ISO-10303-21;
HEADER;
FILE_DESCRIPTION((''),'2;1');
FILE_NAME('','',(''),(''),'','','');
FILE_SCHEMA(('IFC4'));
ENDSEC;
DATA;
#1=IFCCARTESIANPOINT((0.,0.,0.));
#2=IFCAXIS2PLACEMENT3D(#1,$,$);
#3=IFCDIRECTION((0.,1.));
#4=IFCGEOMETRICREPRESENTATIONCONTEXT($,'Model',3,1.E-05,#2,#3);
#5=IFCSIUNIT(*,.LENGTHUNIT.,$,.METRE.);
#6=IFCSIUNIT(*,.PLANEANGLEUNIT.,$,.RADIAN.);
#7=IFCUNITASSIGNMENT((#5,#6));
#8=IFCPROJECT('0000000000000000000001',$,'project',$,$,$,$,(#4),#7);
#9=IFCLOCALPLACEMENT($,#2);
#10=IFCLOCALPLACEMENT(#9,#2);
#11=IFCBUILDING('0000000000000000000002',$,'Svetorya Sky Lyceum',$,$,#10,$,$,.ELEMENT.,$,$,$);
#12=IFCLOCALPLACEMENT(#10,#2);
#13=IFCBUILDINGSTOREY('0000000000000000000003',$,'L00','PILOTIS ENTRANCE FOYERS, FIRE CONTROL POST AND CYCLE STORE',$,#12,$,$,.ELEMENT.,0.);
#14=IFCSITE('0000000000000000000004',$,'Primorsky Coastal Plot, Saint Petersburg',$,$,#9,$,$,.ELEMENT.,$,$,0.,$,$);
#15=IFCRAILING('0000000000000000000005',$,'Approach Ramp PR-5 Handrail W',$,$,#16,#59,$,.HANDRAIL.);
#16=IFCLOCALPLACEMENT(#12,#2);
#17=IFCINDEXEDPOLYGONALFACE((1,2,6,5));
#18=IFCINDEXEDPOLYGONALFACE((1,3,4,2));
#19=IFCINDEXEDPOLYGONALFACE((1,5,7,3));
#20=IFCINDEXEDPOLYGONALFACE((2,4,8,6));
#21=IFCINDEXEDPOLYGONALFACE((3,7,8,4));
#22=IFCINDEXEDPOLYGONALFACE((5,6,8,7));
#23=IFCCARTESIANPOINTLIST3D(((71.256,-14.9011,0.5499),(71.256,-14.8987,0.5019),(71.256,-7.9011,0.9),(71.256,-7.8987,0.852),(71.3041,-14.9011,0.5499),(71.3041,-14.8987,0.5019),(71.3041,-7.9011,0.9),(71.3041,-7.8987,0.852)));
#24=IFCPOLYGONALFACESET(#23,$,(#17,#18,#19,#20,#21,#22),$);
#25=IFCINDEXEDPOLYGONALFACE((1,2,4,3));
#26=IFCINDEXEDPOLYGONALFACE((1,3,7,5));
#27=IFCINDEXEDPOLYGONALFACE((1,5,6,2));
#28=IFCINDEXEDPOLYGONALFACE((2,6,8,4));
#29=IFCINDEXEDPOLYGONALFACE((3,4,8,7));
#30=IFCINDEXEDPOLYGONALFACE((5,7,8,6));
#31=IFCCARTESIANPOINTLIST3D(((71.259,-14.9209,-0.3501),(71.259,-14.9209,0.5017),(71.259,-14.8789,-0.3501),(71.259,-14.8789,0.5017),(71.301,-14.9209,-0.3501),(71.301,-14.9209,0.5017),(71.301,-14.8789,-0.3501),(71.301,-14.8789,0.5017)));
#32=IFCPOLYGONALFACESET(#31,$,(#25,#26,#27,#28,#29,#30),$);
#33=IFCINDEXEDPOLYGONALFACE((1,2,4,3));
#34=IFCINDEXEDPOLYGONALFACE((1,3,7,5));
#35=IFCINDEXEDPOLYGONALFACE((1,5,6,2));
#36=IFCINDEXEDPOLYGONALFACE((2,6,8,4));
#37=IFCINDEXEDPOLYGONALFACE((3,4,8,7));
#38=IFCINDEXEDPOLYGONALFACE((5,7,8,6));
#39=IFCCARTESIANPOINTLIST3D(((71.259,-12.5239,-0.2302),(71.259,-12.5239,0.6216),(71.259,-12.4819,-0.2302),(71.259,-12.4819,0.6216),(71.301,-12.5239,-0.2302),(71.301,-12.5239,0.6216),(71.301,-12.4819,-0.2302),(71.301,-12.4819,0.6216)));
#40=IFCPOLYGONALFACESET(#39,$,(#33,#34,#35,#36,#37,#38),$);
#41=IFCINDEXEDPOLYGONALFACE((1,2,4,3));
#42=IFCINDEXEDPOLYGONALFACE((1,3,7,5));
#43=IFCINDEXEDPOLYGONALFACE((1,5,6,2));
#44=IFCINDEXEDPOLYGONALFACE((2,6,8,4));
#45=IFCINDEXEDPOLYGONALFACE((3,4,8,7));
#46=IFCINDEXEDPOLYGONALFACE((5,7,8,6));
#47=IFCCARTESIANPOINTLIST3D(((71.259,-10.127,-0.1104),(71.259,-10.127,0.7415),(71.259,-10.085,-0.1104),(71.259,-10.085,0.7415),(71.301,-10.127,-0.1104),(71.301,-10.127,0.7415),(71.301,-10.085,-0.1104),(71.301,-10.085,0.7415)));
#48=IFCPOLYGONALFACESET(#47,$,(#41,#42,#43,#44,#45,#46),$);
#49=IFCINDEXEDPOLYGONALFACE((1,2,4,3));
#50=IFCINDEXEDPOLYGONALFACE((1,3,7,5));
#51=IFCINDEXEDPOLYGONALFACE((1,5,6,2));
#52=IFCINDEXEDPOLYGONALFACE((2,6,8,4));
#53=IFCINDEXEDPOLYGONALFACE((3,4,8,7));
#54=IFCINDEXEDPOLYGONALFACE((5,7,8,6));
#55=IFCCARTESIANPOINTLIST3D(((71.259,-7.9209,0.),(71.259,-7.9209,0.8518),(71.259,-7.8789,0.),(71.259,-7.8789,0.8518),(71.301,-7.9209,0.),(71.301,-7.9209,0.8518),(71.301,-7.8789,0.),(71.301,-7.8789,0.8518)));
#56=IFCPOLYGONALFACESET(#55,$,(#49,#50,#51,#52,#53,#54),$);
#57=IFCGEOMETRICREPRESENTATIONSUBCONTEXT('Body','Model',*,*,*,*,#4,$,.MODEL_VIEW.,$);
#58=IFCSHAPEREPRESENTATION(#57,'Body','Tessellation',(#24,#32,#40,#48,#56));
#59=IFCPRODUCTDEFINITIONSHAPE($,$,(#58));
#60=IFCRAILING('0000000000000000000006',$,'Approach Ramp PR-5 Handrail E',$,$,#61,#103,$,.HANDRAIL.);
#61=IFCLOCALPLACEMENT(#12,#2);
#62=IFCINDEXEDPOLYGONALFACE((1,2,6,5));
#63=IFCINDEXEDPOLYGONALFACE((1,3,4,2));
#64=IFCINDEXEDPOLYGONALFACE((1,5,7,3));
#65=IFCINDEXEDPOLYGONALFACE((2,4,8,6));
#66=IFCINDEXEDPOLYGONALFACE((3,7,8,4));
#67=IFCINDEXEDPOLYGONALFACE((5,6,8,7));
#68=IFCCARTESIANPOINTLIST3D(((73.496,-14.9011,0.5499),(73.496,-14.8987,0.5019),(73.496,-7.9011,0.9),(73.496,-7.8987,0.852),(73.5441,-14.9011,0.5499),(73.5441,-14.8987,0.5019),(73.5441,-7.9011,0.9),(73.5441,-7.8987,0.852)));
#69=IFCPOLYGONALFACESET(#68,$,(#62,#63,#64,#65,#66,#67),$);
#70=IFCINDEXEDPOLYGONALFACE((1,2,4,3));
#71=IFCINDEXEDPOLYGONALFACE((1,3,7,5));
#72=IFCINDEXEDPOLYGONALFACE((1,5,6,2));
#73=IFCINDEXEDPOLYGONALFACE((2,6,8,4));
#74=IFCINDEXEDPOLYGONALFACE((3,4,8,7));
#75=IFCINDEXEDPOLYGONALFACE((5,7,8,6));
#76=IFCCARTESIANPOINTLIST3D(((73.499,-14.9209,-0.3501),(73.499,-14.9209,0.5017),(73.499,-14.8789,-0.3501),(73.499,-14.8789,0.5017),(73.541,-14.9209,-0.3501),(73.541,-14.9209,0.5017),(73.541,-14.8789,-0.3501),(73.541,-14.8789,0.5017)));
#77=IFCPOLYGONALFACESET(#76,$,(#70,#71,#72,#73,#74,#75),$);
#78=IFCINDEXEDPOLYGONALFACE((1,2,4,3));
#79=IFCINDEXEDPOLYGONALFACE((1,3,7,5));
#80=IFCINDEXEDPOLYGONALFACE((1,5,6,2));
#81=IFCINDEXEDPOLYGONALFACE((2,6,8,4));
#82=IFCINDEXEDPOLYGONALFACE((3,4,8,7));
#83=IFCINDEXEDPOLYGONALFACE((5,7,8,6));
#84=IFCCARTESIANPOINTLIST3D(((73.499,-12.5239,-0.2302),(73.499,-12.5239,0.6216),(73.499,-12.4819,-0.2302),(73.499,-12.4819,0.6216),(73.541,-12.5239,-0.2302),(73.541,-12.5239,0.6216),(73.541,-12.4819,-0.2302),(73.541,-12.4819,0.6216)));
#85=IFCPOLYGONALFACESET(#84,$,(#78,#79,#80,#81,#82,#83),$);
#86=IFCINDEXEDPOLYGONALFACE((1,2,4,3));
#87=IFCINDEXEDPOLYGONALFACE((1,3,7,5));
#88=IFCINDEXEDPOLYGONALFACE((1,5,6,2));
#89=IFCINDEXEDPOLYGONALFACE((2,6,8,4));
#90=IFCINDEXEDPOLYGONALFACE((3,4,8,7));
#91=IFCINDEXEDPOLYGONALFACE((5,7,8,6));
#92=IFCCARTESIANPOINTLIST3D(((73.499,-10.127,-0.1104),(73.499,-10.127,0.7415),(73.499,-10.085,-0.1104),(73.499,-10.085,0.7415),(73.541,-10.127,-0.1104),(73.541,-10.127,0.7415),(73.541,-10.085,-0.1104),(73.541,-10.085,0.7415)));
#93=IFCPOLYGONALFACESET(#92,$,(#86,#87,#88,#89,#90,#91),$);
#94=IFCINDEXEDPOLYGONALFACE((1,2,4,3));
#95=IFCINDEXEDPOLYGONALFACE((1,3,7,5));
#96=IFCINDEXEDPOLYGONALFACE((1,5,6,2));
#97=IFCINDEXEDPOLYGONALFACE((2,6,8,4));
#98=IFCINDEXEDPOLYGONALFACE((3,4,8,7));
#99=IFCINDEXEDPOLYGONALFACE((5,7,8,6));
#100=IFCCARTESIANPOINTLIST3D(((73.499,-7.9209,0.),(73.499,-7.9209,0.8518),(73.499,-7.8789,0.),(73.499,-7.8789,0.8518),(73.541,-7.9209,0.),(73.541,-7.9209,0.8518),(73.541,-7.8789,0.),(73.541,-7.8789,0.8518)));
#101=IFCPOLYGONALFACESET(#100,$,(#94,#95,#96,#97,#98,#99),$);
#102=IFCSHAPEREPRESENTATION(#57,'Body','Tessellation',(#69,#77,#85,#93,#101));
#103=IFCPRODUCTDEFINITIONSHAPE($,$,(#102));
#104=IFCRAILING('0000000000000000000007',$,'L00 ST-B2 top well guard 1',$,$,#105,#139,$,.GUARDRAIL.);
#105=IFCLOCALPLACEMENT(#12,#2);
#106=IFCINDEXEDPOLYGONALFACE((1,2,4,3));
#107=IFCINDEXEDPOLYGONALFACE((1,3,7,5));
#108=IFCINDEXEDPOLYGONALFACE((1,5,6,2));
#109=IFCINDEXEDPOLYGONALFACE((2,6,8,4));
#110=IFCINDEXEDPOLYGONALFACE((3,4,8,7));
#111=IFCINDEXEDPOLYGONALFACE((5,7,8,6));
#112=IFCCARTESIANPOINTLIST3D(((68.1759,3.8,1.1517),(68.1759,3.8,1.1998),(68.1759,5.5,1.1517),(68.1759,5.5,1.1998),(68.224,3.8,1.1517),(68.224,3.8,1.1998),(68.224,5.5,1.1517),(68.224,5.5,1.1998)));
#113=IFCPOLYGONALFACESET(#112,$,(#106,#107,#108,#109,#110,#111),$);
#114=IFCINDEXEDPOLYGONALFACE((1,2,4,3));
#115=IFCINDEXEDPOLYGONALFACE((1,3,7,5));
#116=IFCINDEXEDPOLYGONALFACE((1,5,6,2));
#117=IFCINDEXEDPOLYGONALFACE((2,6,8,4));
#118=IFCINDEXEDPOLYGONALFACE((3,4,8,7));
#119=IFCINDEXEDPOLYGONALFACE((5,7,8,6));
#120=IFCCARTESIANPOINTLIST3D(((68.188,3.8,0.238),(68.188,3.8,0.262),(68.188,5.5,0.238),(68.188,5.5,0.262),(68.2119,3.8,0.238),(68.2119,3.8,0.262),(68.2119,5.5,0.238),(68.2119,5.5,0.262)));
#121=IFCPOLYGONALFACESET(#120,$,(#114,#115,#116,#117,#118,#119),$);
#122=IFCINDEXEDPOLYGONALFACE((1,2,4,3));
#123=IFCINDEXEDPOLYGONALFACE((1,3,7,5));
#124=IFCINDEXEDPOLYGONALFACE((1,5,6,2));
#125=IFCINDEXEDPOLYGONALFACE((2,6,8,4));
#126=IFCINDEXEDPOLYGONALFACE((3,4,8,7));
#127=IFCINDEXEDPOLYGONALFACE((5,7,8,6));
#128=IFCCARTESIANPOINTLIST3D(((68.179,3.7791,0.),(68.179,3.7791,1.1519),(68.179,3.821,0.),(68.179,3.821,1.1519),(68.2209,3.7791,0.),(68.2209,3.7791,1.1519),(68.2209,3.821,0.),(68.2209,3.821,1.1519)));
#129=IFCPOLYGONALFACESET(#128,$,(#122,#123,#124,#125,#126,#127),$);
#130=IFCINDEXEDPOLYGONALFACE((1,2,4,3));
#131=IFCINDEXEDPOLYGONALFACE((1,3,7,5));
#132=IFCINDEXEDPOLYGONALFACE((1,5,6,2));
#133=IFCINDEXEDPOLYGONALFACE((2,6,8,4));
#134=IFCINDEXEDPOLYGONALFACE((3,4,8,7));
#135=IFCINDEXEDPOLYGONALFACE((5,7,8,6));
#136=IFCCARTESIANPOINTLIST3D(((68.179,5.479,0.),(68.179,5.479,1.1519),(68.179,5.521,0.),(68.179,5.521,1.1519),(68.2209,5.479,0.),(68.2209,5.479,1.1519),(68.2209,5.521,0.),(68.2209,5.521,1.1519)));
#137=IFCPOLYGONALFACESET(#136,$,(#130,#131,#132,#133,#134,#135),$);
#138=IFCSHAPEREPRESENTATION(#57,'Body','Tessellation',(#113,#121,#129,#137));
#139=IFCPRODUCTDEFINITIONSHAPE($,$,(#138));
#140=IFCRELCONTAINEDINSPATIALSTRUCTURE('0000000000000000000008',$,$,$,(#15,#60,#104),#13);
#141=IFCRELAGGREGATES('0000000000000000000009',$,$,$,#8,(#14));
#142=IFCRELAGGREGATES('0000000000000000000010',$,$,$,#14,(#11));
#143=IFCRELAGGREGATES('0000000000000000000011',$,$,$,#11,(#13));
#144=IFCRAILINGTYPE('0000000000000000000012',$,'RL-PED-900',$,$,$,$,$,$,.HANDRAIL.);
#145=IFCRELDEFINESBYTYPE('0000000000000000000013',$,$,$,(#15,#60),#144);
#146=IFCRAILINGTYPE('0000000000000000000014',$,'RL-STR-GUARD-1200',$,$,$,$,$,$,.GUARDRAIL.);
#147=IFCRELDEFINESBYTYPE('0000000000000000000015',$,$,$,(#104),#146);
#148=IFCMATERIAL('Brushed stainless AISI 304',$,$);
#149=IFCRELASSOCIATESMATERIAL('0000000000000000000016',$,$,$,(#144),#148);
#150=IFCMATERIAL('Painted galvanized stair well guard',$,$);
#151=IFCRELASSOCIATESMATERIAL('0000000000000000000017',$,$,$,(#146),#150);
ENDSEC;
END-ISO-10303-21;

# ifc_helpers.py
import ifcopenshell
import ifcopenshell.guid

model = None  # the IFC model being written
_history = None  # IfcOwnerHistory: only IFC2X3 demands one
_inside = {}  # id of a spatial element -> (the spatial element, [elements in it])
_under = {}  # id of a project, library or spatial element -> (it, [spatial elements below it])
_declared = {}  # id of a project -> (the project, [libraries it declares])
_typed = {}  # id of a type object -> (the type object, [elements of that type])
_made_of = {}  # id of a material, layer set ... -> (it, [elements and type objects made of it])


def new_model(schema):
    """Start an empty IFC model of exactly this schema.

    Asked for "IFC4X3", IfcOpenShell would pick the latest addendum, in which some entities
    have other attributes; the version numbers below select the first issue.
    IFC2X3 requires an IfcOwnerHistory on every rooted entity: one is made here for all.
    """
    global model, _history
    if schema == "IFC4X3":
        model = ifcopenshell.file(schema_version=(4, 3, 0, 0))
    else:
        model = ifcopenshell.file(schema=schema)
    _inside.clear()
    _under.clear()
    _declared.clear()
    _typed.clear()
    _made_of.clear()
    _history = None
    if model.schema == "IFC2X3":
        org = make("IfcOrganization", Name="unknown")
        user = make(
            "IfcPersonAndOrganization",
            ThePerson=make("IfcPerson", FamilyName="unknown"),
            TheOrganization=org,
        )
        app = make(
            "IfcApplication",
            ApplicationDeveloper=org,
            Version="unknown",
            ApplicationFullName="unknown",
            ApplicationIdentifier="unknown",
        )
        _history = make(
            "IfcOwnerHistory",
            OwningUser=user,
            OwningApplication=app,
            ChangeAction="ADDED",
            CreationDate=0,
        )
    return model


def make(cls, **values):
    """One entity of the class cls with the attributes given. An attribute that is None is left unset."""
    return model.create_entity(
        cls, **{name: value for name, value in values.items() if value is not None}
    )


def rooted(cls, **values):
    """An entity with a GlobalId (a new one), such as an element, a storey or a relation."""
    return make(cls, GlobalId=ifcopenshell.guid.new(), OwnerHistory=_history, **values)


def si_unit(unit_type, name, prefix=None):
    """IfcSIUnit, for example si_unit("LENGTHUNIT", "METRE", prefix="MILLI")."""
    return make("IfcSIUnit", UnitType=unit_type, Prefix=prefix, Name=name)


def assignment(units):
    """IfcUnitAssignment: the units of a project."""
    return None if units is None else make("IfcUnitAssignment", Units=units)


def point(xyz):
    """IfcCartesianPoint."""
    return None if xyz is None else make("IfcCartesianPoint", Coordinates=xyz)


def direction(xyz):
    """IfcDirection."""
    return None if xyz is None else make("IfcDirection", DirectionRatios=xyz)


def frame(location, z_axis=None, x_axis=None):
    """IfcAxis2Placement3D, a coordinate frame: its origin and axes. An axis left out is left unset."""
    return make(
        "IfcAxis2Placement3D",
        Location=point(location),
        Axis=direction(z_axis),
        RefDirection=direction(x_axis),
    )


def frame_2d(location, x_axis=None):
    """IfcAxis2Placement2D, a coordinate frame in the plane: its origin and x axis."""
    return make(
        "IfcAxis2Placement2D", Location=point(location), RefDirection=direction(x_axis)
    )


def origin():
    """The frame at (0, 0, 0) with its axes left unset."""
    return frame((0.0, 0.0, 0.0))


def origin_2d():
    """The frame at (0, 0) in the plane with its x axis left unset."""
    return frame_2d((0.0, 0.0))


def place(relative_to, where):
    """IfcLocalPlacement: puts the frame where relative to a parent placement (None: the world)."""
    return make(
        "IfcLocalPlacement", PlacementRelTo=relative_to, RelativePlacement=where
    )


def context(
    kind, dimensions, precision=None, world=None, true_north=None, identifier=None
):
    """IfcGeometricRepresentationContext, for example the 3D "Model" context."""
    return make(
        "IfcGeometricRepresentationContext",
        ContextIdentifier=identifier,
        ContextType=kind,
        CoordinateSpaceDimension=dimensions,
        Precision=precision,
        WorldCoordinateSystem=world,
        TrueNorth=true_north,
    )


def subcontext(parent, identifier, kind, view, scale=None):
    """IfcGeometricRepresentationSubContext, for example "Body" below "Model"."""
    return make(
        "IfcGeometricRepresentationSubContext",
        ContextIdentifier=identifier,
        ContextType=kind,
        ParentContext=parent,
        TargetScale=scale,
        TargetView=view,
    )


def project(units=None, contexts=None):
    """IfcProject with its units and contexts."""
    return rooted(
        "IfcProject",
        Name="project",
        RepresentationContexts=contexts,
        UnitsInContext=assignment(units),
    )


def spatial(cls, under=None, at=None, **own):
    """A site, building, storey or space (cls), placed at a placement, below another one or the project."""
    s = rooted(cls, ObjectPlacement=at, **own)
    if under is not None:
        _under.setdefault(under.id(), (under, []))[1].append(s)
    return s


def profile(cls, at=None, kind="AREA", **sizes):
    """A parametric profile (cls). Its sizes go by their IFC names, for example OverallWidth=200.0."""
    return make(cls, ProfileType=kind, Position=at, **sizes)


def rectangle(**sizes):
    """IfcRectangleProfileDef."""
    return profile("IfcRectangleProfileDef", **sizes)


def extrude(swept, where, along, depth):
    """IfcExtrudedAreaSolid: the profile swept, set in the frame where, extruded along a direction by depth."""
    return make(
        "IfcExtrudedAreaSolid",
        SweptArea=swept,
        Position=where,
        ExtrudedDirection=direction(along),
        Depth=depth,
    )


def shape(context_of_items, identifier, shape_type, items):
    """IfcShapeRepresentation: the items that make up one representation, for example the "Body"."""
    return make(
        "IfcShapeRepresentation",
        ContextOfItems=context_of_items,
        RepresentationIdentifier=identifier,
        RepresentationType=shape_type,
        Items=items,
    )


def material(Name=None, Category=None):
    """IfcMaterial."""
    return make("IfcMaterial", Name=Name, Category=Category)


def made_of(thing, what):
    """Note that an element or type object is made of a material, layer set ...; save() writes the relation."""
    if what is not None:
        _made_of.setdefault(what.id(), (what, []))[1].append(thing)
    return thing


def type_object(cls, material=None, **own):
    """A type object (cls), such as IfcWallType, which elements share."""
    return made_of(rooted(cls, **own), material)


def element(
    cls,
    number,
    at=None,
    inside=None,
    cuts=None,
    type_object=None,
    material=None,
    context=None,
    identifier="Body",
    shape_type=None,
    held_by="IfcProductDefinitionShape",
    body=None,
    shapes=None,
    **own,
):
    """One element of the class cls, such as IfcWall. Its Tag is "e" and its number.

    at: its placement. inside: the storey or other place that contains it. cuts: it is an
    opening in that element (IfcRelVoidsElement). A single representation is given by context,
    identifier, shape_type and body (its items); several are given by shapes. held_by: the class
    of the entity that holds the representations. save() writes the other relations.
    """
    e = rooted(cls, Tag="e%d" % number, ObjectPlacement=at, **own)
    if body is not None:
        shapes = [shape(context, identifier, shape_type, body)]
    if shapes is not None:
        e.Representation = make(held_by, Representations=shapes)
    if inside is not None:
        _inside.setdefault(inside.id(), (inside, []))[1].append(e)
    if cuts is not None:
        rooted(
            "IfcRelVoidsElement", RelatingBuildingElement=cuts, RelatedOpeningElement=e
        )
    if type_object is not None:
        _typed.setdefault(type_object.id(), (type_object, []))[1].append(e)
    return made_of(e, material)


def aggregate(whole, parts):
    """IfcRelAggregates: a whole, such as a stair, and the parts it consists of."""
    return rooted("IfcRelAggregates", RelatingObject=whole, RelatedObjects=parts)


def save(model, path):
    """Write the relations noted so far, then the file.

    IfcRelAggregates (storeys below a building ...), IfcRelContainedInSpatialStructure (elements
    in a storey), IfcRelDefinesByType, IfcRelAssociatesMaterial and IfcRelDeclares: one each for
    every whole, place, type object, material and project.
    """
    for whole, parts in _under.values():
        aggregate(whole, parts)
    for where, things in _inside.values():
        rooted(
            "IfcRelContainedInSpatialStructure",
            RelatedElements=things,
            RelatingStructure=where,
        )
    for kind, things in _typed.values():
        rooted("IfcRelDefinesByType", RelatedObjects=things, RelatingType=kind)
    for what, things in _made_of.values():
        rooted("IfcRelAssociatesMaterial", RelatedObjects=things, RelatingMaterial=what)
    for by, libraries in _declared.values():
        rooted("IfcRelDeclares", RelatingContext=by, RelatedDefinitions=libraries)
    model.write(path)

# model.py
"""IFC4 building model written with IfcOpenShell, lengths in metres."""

from ifc_helpers import new_model, si_unit, direction, frame, origin, origin_2d, place, context, subcontext, project, spatial, rectangle, extrude, material, type_object, element, save


model = new_model("IFC4")

# Units and contexts
model_context = context("Model", 3, precision=1e-05, world=origin(), true_north=direction((0.0, 1.0)))
body_context = subcontext(model_context, "Body", "Model", "MODEL_VIEW")
ifc_project = project(units=[si_unit("LENGTHUNIT", "METRE"), si_unit("PLANEANGLEUNIT", "RADIAN")], contexts=[model_context])

# Site, building, storey
site_placement = place(None, origin())
site = spatial("IfcSite", under=ifc_project, at=site_placement, Name="Primorsky Coastal Plot, Saint Petersburg", CompositionType="ELEMENT", RefElevation=0.0)
building_placement = place(site_placement, origin())
building = spatial("IfcBuilding", under=site, at=building_placement, Name="Svetorya Sky Lyceum", CompositionType="ELEMENT")
storey_placement = place(building_placement, origin())
storey = spatial("IfcBuildingStorey", under=building, at=storey_placement, Name="L00", Description="PILOTIS ENTRANCE FOYERS, FIRE CONTROL POST AND CYCLE STORE", CompositionType="ELEMENT", Elevation=0.0)

# Railings
ifc_material_1 = material(Name="Brushed stainless AISI 304")
railing_type_1 = type_object("IfcRailingType", Name="RL-PED-900", PredefinedType="HANDRAIL", material=ifc_material_1)
for number, where, name in (
    (1, (71.28, -14.8999, -0.3501), "Approach Ramp PR-5 Handrail W"),
    (2, (73.52, -14.8999, -0.3501), "Approach Ramp PR-5 Handrail E"),
):
    element("IfcRailing", number, at=place(storey_placement, frame(where)), inside=storey, type_object=railing_type_1, Name=name, PredefinedType="HANDRAIL", context=body_context, shape_type="SweptSolid", body=[
        extrude(rectangle(XDim=0.0481, YDim=0.0481, at=origin_2d()), frame((0.0, 0.0, 0.876), z_axis=(0.0, 0.998752, 0.049952), x_axis=(-1.0, 0.0, 0.0)), (0.0, 0.0, 1.0), 7.0088),
        extrude(rectangle(XDim=0.042, YDim=0.042, at=origin_2d()), origin(), (0.0, 0.0, 1.0), 0.8518),
        extrude(rectangle(XDim=0.042, YDim=0.042, at=origin_2d()), frame((0.0, 2.397, 0.1199)), (0.0, 0.0, 1.0), 0.8518),
        extrude(rectangle(XDim=0.042, YDim=0.042, at=origin_2d()), frame((0.0, 4.7939, 0.2397)), (0.0, 0.0, 1.0), 0.8518),
        extrude(rectangle(XDim=0.042, YDim=0.042, at=origin_2d()), frame((0.0, 7.0, 0.3501)), (0.0, 0.0, 1.0), 0.8518),
    ])
ifc_material_2 = material(Name="Painted galvanized stair well guard")
railing_type_2 = type_object("IfcRailingType", Name="RL-STR-GUARD-1200", PredefinedType="GUARDRAIL", material=ifc_material_2)
railing_placement = place(storey_placement, frame((68.2, 3.8, 0.0)))
element("IfcRailing", 3, at=railing_placement, inside=storey, type_object=railing_type_2, Name="L00 ST-B2 top well guard 1", PredefinedType="GUARDRAIL", context=body_context, shape_type="SweptSolid", body=[
    extrude(rectangle(XDim=0.0481, YDim=0.0481, at=origin_2d()), frame((0.0, 0.0, 1.1758), z_axis=(0.0, 1.0, 0.0), x_axis=(-1.0, 0.0, 0.0)), (0.0, 0.0, 1.0), 1.7),
    extrude(rectangle(XDim=0.0239, YDim=0.0239, at=origin_2d()), frame((0.0, 0.0, 0.25), z_axis=(0.0, 1.0, 0.0), x_axis=(-1.0, 0.0, 0.0)), (0.0, 0.0, 1.0), 1.7),
    extrude(rectangle(XDim=0.042, YDim=0.042, at=origin_2d()), origin(), (0.0, 0.0, 1.0), 1.1519),
    extrude(rectangle(XDim=0.042, YDim=0.042, at=origin_2d()), frame((0.0, 1.7, 0.0)), (0.0, 0.0, 1.0), 1.1519),
])

save(model, "model.ifc")
